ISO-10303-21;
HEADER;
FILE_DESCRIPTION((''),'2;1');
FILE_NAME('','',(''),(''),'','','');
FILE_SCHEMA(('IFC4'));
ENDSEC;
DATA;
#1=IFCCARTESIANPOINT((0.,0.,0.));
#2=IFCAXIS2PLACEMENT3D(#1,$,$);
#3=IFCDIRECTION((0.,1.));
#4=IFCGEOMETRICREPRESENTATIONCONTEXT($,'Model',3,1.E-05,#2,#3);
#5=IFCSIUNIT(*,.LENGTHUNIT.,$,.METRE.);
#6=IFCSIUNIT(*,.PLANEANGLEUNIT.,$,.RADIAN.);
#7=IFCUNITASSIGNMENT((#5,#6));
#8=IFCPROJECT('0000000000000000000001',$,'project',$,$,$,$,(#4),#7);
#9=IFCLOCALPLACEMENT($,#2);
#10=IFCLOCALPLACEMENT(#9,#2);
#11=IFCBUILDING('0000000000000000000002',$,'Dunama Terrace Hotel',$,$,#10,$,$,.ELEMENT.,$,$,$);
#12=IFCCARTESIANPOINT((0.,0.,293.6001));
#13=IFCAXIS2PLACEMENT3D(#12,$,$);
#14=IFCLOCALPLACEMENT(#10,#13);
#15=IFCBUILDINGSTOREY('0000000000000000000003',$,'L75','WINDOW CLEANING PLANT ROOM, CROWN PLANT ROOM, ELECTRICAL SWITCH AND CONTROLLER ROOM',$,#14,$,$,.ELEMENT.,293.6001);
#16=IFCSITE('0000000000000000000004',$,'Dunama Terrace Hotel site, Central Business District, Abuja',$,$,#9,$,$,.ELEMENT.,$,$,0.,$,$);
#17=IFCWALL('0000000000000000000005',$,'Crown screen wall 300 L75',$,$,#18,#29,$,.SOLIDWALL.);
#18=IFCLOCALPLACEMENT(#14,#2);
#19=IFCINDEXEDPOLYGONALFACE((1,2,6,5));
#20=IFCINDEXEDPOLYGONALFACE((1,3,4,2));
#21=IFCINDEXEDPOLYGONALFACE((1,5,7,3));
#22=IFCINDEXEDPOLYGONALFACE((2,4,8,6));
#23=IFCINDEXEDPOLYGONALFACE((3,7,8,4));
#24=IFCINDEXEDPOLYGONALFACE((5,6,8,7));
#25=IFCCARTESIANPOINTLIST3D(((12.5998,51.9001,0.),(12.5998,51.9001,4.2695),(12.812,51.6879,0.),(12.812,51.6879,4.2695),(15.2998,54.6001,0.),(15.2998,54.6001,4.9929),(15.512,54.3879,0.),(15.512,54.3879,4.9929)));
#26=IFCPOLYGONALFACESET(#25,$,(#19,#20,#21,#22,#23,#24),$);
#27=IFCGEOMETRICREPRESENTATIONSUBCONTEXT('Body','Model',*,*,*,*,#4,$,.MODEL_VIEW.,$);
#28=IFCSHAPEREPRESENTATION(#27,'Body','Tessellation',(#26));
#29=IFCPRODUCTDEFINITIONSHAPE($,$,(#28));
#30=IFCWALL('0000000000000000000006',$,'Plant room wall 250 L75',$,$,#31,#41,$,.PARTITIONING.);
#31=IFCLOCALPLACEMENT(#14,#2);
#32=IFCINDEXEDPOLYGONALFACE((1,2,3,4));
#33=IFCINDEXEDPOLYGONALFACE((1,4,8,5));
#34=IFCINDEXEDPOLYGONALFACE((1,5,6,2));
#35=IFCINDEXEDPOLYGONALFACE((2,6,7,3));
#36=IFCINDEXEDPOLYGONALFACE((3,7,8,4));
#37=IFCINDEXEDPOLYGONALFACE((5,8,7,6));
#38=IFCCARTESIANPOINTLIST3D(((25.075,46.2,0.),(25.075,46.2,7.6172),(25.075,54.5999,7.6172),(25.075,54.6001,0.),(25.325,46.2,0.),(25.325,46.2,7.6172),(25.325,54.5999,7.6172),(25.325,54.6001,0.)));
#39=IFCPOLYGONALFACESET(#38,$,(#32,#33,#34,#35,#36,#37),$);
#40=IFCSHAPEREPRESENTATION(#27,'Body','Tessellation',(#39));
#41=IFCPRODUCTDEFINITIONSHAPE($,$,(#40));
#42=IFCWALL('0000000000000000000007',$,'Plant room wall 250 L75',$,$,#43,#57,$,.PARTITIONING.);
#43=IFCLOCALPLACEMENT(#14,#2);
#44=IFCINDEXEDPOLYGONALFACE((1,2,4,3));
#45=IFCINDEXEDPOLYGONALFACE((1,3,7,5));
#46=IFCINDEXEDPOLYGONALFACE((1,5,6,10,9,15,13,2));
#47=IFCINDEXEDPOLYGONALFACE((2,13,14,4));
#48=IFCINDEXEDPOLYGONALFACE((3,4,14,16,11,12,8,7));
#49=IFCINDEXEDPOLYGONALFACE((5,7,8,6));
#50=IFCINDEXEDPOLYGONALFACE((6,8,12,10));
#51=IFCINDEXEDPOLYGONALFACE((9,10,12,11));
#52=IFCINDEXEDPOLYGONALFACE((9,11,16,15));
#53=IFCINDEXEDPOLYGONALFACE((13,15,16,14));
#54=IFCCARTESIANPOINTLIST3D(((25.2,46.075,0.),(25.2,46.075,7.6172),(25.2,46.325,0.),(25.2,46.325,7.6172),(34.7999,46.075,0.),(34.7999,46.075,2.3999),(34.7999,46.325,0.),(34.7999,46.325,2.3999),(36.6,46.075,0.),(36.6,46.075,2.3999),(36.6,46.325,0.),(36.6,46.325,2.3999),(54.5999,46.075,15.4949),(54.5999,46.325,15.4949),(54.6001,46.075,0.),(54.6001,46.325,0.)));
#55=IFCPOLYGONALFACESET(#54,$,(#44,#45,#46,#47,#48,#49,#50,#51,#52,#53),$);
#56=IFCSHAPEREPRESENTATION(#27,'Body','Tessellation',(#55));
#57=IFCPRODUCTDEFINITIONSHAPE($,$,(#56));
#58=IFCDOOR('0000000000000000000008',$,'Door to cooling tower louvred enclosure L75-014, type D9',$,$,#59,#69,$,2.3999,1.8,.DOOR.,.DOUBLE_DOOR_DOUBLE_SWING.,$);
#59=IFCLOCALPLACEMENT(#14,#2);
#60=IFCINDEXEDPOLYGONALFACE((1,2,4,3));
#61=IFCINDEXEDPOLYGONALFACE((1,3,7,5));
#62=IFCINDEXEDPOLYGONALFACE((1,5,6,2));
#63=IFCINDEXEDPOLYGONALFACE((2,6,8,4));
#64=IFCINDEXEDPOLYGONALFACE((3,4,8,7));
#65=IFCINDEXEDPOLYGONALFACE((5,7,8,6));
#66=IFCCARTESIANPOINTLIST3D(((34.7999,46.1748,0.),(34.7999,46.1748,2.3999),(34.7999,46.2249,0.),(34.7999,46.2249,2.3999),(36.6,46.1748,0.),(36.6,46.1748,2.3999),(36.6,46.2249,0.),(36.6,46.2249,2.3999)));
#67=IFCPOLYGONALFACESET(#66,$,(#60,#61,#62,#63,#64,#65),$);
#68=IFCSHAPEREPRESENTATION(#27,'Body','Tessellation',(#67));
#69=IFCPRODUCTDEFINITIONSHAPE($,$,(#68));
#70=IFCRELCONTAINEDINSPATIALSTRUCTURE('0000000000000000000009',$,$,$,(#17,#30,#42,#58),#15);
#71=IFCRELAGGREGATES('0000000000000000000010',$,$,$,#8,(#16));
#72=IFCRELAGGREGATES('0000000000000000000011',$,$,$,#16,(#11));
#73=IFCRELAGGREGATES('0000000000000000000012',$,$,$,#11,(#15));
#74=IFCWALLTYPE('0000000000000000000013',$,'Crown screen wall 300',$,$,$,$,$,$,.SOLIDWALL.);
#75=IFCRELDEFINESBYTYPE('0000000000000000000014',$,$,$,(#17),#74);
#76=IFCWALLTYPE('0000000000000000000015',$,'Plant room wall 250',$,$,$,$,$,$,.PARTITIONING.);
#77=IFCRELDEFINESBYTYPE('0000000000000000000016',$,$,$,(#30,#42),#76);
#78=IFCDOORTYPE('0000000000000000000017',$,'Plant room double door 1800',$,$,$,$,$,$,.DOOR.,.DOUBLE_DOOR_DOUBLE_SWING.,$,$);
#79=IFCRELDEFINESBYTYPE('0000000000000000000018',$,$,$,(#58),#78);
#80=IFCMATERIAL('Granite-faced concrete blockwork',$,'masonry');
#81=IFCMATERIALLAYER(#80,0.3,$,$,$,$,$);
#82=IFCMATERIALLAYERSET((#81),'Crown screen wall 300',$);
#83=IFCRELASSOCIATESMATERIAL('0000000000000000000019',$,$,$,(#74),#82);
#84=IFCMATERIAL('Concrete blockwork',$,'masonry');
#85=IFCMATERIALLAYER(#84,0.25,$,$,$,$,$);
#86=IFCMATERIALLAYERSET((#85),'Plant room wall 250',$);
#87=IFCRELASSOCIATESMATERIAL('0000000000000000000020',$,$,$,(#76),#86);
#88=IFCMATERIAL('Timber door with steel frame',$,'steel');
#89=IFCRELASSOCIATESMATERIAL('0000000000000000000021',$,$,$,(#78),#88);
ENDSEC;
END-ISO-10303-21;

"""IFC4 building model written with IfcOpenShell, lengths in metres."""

from ifc_helpers import new_model, si_unit, direction, frame, frame_2d, origin, place, context, subcontext, project, spatial, polyline, rectangle, outline, extrude, material, layer, layer_set, type_object, element, fill, save


model = new_model("IFC4")

# Units and contexts
model_context = context("Model", 3, precision=1e-05, world=origin(), true_north=direction((0.0, 1.0)))
body_context = subcontext(model_context, "Body", "Model", "MODEL_VIEW")
ifc_project = project(units=[si_unit("LENGTHUNIT", "METRE"), si_unit("PLANEANGLEUNIT", "RADIAN")], contexts=[model_context])

# Site, building, storey
site_placement = place(None, origin())
site = spatial("IfcSite", under=ifc_project, at=site_placement, Name="Dunama Terrace Hotel site, Central Business District, Abuja", CompositionType="ELEMENT", RefElevation=0.0)
building_placement = place(site_placement, origin())
building = spatial("IfcBuilding", under=site, at=building_placement, Name="Dunama Terrace Hotel", CompositionType="ELEMENT")
storey_placement = place(building_placement, frame((0.0, 0.0, 293.6001)))
storey = spatial("IfcBuildingStorey", under=building, at=storey_placement, Name="L75", Description="WINDOW CLEANING PLANT ROOM, CROWN PLANT ROOM, ELECTRICAL SWITCH AND CONTROLLER ROOM", CompositionType="ELEMENT", Elevation=293.6001)

# Wall
ifc_material_1 = material(Name="Granite-faced concrete blockwork", Category="masonry")
ifc_layer_1 = layer(ifc_material_1, 0.3)
ifc_layer_set_1 = layer_set([ifc_layer_1], Name="Crown screen wall 300")
wall_type_1 = type_object("IfcWallType", Name="Crown screen wall 300", PredefinedType="SOLIDWALL", material=ifc_layer_set_1)
wall_1_placement = place(storey_placement, frame((15.406, 54.4939, 0.0), z_axis=(0.0, 0.0, 1.0), x_axis=(-0.707107, -0.707107, 0.0)))
element("IfcWall", 1, at=wall_1_placement, inside=storey, type_object=wall_type_1, Name="Crown screen wall 300 L75", PredefinedType="SOLIDWALL", context=body_context, shape_type="SweptSolid", body=[
    extrude(outline(polyline([(0.0, 0.0), (3.8184, 0.0), (3.8184, 4.2695), (0.0, 4.9929), (0.0, 0.0)])), frame((0.0, 0.1499, 0.0), z_axis=(0.0, -1.0, 0.0), x_axis=(1.0, 0.0, 0.0)), (0.0, 0.0, 1.0), 0.3),
])

# Wall
ifc_material_2 = material(Name="Concrete blockwork", Category="masonry")
ifc_layer_2 = layer(ifc_material_2, 0.25)
ifc_layer_set_2 = layer_set([ifc_layer_2], Name="Plant room wall 250")
wall_type_2 = type_object("IfcWallType", Name="Plant room wall 250", PredefinedType="PARTITIONING", material=ifc_layer_set_2)
wall_2_placement = place(storey_placement, frame((25.2, 46.2, 0.0), z_axis=(0.0, 0.0, 1.0), x_axis=(0.0, 1.0, 0.0)))
element("IfcWall", 2, at=wall_2_placement, inside=storey, type_object=wall_type_2, Name="Plant room wall 250 L75", PredefinedType="PARTITIONING", context=body_context, shape_type="SweptSolid", body=[
    extrude(outline(polyline([(0.0, 0.0), (8.4001, 0.0), (8.3999, 7.6172), (0.0, 7.6172), (0.0, 0.0)])), frame((0.0, 0.125, 0.0), z_axis=(0.0, -1.0, 0.0), x_axis=(1.0, 0.0, 0.0)), (0.0, 0.0, 1.0), 0.25),
])

# Wall, opening, door
wall_3_placement = place(storey_placement, frame((25.2, 46.2, 0.0), z_axis=(0.0, 0.0, 1.0), x_axis=(1.0, 0.0, 0.0)))
wall_3 = element("IfcWall", 3, at=wall_3_placement, inside=storey, type_object=wall_type_2, Name="Plant room wall 250 L75", PredefinedType="PARTITIONING", context=body_context, shape_type="SweptSolid", body=[
    extrude(outline(polyline([(0.0, 0.0), (29.4001, 0.0), (29.3999, 15.4949), (0.0, 7.6172), (0.0, 0.0)])), frame((0.0, 0.125, 0.0), z_axis=(0.0, -1.0, 0.0), x_axis=(1.0, 0.0, 0.0)), (0.0, 0.0, 1.0), 0.25),
])
opening_1_placement = place(wall_3_placement, frame((9.6001, 0.0, 0.0)))
opening_1 = element("IfcOpeningElement", 4, at=opening_1_placement, cuts=wall_3, PredefinedType="OPENING", context=body_context, shape_type="SweptSolid", body=[
    extrude(rectangle(XDim=1.8, YDim=2.3999, at=frame_2d((0.8999, 1.2))), frame((0.0, 0.135, 0.0), z_axis=(0.0, -1.0, 0.0), x_axis=(1.0, 0.0, 0.0)), (0.0, 0.0, 1.0), 0.27),
])
ifc_material_3 = material(Name="Timber door with steel frame", Category="steel")
door_type = type_object("IfcDoorType", Name="Plant room double door 1800", OperationType="DOUBLE_DOOR_DOUBLE_SWING", PredefinedType="DOOR", material=ifc_material_3)
door_placement = place(opening_1_placement, origin())
door = element("IfcDoor", 5, at=door_placement, inside=storey, type_object=door_type, Name="Door to cooling tower louvred enclosure L75-014, type D9", OperationType="DOUBLE_DOOR_DOUBLE_SWING", OverallHeight=2.3999, OverallWidth=1.8, PredefinedType="DOOR", context=body_context, shape_type="SweptSolid", body=[
    extrude(rectangle(XDim=1.8, YDim=2.3999, at=frame_2d((0.8999, 1.2))), frame((0.0, 0.0249, 0.0), z_axis=(0.0, -1.0, 0.0), x_axis=(1.0, 0.0, 0.0)), (0.0, 0.0, 1.0), 0.05),
])
fill(opening_1, door)

save(model, "model.ifc")
